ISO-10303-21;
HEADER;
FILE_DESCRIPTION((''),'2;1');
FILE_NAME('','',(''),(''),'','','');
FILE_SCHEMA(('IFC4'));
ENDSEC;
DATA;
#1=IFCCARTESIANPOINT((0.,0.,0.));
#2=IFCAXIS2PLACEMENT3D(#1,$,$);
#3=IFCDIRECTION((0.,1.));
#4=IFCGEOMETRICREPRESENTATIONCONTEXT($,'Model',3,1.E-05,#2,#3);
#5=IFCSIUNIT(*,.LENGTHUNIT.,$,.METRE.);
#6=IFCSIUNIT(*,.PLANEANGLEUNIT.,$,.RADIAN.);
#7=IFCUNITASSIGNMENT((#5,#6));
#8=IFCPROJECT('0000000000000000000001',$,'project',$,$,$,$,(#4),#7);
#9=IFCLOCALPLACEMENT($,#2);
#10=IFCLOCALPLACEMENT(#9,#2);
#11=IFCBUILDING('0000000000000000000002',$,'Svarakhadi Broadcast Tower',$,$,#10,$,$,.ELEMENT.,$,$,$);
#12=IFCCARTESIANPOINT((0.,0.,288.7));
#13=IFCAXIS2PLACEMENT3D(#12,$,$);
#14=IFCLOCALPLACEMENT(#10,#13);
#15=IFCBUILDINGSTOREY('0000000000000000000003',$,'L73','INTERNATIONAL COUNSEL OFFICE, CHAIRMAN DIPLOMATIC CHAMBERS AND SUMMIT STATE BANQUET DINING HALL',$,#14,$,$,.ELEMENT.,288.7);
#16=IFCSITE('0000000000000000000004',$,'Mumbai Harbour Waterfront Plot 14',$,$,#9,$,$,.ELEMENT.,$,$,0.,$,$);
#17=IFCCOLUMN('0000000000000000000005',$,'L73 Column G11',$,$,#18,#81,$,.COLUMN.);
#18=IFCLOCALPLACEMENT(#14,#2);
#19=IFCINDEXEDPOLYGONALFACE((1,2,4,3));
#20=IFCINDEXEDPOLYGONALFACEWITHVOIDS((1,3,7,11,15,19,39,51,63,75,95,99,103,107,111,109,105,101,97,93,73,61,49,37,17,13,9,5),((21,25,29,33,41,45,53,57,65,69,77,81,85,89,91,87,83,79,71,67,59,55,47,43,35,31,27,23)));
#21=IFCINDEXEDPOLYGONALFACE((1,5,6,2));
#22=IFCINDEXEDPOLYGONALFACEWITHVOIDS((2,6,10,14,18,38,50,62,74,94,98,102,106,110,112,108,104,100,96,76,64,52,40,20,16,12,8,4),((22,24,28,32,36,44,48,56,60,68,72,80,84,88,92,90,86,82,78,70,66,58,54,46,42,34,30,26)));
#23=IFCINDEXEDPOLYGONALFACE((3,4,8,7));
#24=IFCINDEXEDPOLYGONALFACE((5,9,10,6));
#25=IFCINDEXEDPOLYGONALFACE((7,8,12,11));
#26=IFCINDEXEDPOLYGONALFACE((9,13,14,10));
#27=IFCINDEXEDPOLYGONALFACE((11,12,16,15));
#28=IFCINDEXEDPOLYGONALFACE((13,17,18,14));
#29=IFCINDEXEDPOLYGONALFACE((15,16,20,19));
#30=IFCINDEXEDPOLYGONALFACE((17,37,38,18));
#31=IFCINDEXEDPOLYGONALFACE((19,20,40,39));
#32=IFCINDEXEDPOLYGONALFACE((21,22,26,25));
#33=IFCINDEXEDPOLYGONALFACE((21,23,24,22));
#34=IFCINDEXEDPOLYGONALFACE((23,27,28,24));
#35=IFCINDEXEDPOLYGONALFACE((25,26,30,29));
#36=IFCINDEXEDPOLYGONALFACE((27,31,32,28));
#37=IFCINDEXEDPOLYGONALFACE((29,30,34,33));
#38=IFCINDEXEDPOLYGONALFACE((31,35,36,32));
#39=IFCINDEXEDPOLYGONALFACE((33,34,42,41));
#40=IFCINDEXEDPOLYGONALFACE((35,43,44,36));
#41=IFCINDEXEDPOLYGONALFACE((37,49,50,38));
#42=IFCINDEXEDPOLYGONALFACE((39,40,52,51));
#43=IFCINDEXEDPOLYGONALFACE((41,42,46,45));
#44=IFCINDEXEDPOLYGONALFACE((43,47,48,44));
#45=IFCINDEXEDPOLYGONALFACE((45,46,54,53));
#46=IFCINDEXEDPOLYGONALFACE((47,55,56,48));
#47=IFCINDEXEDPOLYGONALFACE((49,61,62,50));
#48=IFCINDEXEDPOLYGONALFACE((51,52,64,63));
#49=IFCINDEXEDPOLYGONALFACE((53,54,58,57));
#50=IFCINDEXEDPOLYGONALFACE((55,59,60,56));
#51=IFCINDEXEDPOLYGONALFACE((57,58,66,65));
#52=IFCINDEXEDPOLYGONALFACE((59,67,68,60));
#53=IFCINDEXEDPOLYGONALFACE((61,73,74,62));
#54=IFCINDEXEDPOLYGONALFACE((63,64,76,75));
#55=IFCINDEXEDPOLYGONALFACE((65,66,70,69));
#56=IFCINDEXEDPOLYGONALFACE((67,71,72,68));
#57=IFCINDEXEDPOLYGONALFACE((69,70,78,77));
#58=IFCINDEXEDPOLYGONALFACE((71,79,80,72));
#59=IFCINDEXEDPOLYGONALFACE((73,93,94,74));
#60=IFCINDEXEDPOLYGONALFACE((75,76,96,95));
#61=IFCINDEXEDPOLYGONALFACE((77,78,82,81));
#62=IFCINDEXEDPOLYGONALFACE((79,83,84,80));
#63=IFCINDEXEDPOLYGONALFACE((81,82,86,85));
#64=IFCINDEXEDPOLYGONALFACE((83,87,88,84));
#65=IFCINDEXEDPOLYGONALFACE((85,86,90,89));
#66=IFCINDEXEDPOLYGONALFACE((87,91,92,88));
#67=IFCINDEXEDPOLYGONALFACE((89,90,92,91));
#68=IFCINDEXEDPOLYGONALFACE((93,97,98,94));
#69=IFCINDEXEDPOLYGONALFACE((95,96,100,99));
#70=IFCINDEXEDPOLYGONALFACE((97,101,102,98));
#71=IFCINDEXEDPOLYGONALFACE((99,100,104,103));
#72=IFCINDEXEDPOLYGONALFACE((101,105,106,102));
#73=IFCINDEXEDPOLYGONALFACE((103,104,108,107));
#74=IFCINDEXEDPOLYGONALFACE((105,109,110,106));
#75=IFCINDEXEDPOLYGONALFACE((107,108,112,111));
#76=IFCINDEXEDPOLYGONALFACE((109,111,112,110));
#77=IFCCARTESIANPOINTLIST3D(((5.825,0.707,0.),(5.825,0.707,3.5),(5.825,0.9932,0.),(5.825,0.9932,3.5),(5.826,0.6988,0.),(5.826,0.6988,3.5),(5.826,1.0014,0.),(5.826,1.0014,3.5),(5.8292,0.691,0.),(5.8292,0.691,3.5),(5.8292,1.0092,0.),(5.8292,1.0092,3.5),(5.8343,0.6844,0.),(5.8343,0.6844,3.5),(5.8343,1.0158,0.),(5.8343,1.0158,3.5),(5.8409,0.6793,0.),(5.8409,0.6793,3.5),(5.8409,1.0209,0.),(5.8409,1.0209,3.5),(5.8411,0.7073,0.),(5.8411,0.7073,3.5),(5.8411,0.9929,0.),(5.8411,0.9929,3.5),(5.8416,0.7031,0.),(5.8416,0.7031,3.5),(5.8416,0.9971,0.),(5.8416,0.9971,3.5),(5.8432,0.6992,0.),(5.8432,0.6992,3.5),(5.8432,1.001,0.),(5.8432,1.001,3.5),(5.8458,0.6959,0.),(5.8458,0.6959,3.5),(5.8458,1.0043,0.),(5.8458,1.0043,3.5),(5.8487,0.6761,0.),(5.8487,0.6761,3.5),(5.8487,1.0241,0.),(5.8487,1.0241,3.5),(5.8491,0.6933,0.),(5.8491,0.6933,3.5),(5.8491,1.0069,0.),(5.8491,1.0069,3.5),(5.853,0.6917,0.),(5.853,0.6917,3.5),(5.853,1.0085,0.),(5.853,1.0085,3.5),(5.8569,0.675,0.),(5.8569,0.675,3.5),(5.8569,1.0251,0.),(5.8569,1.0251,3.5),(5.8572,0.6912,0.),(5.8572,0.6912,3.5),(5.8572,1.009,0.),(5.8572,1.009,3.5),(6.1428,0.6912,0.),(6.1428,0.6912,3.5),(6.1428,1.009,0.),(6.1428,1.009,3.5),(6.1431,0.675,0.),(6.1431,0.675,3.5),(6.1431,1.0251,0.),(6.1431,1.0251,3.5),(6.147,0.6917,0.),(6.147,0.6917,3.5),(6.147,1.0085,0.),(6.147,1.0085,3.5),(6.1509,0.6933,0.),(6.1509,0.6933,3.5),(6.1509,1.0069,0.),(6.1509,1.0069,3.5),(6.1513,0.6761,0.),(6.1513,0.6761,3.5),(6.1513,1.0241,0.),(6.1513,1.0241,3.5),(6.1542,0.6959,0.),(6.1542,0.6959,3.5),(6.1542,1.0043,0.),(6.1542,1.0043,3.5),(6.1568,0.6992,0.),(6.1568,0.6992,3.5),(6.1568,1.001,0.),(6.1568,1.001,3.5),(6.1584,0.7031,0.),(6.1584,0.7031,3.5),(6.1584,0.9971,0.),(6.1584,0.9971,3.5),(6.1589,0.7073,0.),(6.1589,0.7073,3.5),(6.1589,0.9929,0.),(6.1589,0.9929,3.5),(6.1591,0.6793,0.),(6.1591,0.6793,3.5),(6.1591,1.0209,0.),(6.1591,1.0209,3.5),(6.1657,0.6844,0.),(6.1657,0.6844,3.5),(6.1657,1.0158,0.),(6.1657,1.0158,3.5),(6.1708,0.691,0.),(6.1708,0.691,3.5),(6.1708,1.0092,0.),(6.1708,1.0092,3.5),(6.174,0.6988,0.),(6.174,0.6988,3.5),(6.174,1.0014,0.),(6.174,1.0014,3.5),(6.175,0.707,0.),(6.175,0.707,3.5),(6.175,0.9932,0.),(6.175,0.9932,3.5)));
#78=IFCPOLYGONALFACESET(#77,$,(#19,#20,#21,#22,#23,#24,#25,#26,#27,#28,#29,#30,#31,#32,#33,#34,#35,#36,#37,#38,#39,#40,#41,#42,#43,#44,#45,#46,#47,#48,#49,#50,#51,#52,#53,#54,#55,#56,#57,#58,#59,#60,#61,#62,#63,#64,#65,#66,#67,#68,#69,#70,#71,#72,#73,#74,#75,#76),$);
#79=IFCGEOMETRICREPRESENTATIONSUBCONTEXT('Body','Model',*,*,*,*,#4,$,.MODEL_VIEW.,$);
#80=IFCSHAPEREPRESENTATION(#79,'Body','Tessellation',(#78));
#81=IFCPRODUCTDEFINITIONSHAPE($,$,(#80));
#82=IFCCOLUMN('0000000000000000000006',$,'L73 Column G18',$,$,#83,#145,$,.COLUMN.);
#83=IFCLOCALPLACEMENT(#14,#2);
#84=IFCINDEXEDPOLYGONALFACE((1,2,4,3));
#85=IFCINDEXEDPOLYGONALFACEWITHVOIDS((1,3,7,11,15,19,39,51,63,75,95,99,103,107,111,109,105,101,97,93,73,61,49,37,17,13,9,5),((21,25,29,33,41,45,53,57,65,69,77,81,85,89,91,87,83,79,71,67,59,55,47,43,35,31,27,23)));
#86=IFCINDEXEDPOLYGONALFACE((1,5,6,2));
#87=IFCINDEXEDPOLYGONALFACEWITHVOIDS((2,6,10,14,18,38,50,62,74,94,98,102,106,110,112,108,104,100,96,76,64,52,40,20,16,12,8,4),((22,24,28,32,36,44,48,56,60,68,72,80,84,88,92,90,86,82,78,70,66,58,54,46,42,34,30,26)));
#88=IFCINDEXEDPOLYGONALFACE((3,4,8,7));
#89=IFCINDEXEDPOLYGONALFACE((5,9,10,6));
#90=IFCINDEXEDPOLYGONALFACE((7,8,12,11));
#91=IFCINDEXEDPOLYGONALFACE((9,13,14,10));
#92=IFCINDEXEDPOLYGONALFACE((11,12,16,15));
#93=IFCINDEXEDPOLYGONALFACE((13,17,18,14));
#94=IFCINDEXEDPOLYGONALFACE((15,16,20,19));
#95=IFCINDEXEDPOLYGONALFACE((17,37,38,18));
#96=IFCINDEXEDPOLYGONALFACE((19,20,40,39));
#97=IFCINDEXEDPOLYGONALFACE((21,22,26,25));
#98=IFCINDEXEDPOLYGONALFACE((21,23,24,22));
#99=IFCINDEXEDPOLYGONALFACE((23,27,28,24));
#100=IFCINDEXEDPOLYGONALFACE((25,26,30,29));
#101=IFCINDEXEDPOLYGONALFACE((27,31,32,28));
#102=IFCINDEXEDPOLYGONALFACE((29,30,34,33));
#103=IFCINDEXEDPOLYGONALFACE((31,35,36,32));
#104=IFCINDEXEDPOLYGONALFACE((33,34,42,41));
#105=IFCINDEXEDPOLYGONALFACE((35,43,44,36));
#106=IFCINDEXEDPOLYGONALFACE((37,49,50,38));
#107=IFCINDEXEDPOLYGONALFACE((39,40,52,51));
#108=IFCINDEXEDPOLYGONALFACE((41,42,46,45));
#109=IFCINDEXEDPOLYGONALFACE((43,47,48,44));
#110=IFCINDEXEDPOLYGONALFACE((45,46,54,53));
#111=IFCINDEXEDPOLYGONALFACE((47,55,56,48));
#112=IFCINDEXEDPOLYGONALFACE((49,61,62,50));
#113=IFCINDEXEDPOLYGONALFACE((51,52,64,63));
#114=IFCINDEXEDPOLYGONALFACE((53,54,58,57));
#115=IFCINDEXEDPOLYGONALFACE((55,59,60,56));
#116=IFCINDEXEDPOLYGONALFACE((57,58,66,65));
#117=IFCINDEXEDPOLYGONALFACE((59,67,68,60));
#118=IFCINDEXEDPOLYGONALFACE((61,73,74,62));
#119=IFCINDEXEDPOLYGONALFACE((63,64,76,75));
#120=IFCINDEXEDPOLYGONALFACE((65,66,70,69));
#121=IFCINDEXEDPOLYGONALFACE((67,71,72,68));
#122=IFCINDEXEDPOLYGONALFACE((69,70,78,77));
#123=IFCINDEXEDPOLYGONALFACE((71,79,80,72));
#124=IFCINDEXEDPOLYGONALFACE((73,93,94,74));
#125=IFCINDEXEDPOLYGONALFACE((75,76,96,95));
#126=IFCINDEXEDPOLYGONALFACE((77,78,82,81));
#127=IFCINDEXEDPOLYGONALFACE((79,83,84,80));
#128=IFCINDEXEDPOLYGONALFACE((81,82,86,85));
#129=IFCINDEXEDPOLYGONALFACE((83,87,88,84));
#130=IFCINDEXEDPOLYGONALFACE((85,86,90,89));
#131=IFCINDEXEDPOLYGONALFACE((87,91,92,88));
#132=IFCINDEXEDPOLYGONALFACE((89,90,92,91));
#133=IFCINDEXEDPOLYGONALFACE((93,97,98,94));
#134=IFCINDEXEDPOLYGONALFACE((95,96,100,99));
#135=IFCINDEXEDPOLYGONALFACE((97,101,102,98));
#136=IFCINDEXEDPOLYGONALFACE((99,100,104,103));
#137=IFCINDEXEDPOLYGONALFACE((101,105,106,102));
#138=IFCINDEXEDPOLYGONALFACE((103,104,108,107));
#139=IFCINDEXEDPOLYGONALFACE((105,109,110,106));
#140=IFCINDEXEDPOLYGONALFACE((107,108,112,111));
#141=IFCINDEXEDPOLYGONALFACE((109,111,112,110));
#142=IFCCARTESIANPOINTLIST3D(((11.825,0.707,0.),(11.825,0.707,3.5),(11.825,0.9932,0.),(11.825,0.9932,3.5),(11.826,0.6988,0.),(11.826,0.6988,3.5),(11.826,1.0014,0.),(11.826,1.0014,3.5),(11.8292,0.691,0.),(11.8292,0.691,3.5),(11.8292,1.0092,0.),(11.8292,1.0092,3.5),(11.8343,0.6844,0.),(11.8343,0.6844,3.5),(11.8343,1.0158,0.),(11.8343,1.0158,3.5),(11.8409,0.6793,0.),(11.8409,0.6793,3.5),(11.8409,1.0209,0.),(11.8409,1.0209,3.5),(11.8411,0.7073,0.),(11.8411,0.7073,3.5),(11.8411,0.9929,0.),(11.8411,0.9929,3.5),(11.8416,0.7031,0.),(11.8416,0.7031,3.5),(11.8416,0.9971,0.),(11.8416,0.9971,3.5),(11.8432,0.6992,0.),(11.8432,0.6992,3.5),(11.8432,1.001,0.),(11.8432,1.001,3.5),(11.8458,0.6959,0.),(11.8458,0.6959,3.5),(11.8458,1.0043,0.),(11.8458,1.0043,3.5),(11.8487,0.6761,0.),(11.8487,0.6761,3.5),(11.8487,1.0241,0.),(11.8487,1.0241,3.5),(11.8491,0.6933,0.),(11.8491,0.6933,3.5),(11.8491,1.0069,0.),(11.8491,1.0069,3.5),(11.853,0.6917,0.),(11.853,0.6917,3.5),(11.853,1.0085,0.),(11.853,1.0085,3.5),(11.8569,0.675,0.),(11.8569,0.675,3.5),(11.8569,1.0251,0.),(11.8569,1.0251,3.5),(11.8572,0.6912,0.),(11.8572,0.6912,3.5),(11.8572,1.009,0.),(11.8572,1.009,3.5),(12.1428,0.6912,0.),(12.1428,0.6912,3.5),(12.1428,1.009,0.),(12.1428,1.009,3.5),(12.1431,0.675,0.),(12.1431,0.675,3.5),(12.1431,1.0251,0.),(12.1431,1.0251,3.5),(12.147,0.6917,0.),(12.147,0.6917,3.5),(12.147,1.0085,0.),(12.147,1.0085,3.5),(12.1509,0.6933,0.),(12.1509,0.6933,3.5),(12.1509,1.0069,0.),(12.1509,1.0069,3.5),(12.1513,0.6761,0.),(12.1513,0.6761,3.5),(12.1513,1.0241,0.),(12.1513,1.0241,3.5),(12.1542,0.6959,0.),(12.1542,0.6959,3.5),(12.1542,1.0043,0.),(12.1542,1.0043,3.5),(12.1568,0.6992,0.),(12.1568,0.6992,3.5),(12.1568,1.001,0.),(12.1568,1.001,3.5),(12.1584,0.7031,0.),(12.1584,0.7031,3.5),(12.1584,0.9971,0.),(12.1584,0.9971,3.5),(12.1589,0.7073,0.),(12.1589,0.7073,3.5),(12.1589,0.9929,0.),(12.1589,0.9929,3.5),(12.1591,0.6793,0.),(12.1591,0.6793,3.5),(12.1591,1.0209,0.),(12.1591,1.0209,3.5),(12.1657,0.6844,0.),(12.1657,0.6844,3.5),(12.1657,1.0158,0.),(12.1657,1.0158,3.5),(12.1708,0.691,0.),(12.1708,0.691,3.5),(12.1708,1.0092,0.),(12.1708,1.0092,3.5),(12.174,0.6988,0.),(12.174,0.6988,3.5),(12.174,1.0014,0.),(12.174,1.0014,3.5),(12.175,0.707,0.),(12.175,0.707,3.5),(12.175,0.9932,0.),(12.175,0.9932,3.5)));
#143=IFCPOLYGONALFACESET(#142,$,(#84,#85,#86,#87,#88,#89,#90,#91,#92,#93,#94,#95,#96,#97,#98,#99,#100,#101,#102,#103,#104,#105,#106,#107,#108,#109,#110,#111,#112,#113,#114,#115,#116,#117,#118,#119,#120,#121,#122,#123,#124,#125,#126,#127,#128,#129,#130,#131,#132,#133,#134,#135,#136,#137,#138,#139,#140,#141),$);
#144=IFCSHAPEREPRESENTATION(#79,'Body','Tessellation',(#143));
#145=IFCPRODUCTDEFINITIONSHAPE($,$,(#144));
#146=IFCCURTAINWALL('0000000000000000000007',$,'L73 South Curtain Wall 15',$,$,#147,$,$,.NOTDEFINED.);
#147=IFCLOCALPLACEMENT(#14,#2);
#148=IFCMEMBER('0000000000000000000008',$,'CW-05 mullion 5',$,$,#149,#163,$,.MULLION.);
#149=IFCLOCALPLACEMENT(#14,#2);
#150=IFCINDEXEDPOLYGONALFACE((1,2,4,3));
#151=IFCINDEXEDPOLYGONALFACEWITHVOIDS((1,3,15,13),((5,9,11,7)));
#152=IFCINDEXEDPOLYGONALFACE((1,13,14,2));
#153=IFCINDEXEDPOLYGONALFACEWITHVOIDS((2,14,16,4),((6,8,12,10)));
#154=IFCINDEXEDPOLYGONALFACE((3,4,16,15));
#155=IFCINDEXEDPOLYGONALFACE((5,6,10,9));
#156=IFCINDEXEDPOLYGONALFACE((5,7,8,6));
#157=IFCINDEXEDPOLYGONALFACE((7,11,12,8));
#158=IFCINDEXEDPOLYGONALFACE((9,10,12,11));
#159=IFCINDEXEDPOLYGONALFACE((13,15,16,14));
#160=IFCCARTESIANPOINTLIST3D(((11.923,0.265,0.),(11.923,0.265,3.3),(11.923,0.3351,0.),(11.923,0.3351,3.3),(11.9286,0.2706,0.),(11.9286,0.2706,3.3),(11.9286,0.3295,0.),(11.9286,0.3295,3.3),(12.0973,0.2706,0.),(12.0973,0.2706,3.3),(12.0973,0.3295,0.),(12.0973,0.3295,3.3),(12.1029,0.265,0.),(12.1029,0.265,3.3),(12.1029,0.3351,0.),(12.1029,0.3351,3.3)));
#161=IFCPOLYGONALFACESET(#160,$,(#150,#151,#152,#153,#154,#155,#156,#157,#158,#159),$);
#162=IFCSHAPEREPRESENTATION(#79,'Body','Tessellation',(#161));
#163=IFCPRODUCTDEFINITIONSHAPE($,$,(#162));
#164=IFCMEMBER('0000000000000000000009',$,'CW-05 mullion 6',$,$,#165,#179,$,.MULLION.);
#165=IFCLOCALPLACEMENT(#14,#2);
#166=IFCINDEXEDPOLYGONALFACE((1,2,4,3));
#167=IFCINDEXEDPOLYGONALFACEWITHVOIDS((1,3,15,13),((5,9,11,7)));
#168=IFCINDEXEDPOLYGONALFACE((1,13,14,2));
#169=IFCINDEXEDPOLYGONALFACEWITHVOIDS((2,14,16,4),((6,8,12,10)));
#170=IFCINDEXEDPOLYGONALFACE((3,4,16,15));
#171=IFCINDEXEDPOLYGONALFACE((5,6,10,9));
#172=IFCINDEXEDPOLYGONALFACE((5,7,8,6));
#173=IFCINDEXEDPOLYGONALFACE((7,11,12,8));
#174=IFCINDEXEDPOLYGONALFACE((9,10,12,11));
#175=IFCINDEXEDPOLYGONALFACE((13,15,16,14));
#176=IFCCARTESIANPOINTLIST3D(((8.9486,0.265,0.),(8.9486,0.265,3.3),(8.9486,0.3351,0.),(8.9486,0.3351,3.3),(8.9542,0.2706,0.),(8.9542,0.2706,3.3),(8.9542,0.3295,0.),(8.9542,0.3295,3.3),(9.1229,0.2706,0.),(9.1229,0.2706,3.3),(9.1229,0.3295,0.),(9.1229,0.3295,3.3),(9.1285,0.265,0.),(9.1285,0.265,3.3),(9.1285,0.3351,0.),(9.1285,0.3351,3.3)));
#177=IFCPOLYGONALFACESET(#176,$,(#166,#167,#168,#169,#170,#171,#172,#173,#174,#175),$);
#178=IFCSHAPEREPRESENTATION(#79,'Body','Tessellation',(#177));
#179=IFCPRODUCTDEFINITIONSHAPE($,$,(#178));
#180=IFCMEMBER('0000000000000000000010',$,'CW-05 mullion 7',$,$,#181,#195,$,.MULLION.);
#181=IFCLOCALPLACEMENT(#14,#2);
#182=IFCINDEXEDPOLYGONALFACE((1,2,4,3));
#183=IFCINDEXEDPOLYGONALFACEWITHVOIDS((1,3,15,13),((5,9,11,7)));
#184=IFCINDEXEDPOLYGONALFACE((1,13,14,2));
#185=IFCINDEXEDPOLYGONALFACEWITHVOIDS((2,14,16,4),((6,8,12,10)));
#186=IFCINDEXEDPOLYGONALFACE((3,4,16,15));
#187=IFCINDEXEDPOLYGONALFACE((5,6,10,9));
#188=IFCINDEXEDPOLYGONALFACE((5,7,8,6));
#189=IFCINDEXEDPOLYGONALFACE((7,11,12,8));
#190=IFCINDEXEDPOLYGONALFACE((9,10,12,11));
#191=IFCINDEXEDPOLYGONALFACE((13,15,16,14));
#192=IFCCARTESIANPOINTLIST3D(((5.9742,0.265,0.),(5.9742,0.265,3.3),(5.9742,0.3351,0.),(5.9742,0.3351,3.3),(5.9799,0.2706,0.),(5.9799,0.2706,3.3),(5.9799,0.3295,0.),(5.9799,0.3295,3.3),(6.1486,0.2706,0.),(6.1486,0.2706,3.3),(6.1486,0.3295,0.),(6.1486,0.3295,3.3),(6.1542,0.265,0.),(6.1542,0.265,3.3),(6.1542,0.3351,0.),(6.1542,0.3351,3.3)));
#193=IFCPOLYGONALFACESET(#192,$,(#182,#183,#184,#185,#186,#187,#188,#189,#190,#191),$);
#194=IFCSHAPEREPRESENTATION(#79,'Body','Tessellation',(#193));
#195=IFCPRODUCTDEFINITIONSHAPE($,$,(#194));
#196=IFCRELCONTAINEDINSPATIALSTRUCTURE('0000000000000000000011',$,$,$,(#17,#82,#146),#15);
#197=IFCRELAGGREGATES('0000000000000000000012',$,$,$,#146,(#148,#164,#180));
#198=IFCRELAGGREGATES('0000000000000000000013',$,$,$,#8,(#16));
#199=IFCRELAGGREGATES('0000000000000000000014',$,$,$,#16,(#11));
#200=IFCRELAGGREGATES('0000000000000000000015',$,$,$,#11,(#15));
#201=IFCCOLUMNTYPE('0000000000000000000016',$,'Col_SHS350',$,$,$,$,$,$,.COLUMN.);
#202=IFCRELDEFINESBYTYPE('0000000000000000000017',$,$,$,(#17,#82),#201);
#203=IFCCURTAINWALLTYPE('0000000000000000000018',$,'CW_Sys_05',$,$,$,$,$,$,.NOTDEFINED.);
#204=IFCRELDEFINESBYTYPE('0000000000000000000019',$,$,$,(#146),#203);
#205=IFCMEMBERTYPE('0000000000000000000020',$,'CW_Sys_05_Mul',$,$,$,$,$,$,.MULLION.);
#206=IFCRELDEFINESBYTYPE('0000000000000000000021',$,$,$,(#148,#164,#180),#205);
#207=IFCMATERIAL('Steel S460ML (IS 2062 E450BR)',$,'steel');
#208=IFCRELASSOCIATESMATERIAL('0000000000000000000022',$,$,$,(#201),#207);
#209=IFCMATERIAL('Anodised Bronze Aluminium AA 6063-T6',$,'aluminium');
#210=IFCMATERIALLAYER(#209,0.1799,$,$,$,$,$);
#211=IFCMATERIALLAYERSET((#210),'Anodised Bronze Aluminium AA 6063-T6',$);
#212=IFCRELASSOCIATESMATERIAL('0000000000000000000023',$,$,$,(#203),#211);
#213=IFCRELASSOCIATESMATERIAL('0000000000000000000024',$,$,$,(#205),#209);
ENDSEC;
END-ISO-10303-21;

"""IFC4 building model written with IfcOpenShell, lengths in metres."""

from ifc_helpers import new_model, si_unit, direction, frame, origin, origin_2d, place, context, subcontext, project, spatial, hollow_rectangle, extrude, material, layer, layer_set, material_profile, profile_set, type_object, element, aggregate, save


model = new_model("IFC4")

# Units and contexts
model_context = context("Model", 3, precision=1e-05, world=origin(), true_north=direction((0.0, 1.0)))
body_context = subcontext(model_context, "Body", "Model", "MODEL_VIEW")
ifc_project = project(units=[si_unit("LENGTHUNIT", "METRE"), si_unit("PLANEANGLEUNIT", "RADIAN")], contexts=[model_context])

# Site, building, storey
site_placement = place(None, origin())
site = spatial("IfcSite", under=ifc_project, at=site_placement, Name="Mumbai Harbour Waterfront Plot 14", CompositionType="ELEMENT", RefElevation=0.0)
building_placement = place(site_placement, origin())
building = spatial("IfcBuilding", under=site, at=building_placement, Name="Svarakhadi Broadcast Tower", CompositionType="ELEMENT")
storey_placement = place(building_placement, frame((0.0, 0.0, 288.7)))
storey = spatial("IfcBuildingStorey", under=building, at=storey_placement, Name="L73", Description="INTERNATIONAL COUNSEL OFFICE, CHAIRMAN DIPLOMATIC CHAMBERS AND SUMMIT STATE BANQUET DINING HALL", CompositionType="ELEMENT", Elevation=288.7)

# Columns
ifc_material_1 = material(Name="Steel S460ML (IS 2062 E450BR)", Category="steel")
ifc_material_profile_1 = material_profile(ifc_material_1, hollow_rectangle(XDim=0.3501, YDim=0.3501, WallThickness=0.0161, InnerFilletRadius=0.0161, OuterFilletRadius=0.032, at=origin_2d()), Name="SHS 350x350x16")
ifc_profile_set_1 = profile_set([ifc_material_profile_1], Name="Steel S460ML (IS 2062 E450BR)")
column_type = type_object("IfcColumnType", Name="Col_SHS350", PredefinedType="COLUMN", material=ifc_profile_set_1)
for number, where, z_axis, x_axis, name in (
    (1, (6.0, 0.8501, 0.0), (0.0, 0.0, 1.0), (1.0, 0.0, 0.0), "L73 Column G11"),
    (2, (12.0, 0.8501, 0.0), (0.0, 0.0, 1.0), (1.0, 0.0, 0.0), "L73 Column G18"),
):
    element("IfcColumn", number, at=place(storey_placement, frame(where, z_axis=z_axis, x_axis=x_axis)), inside=storey, type_object=column_type, Name=name, PredefinedType="COLUMN", context=body_context, shape_type="SweptSolid", body=[
        extrude(hollow_rectangle(XDim=0.3501, YDim=0.3501, WallThickness=0.0161, InnerFilletRadius=0.0161, OuterFilletRadius=0.032, at=origin_2d()), origin(), (0.0, 0.0, 1.0), 3.5),
    ])

# Curtain wall, members
ifc_material_2 = material(Name="Anodised Bronze Aluminium AA 6063-T6", Category="aluminium")
ifc_layer_1 = layer(ifc_material_2, 0.1799)
ifc_layer_set_1 = layer_set([ifc_layer_1], Name="Anodised Bronze Aluminium AA 6063-T6")
curtain_wall_type = type_object("IfcCurtainWallType", Name="CW_Sys_05", PredefinedType="NOTDEFINED", material=ifc_layer_set_1)
curtain_wall_placement = place(storey_placement, origin())
curtain_wall = element("IfcCurtainWall", 3, at=curtain_wall_placement, inside=storey, type_object=curtain_wall_type, Name="L73 South Curtain Wall 15", PredefinedType="NOTDEFINED")
ifc_material_profile_2 = material_profile(ifc_material_2, hollow_rectangle(XDim=0.0701, YDim=0.1799, WallThickness=0.0056, at=origin_2d()), Name="ALU MULLION 180x70x6")
ifc_profile_set_2 = profile_set([ifc_material_profile_2], Name="Anodised Bronze Aluminium AA 6063-T6")
member_type_1 = type_object("IfcMemberType", Name="CW_Sys_05_Mul", PredefinedType="MULLION", material=ifc_profile_set_2)
member_1_placement = place(storey_placement, frame((12.0129, 0.3, 0.0), z_axis=(0.0, 0.0, 1.0), x_axis=(0.0, -1.0, 0.0)))
member_1 = element("IfcMember", 4, at=member_1_placement, type_object=member_type_1, Name="CW-05 mullion 5", PredefinedType="MULLION", context=body_context, shape_type="SweptSolid", body=[
    extrude(hollow_rectangle(XDim=0.0701, YDim=0.1799, WallThickness=0.0056, at=origin_2d()), origin(), (0.0, 0.0, 1.0), 3.3),
])
member_2_placement = place(storey_placement, frame((9.0386, 0.3, 0.0), z_axis=(0.0, 0.0, 1.0), x_axis=(0.0, -1.0, 0.0)))
member_2 = element("IfcMember", 5, at=member_2_placement, type_object=member_type_1, Name="CW-05 mullion 6", PredefinedType="MULLION", context=body_context, shape_type="SweptSolid", body=[
    extrude(hollow_rectangle(XDim=0.0701, YDim=0.1799, WallThickness=0.0056, at=origin_2d()), origin(), (0.0, 0.0, 1.0), 3.3),
])
member_3_placement = place(storey_placement, frame((6.0642, 0.3, 0.0), z_axis=(0.0, 0.0, 1.0), x_axis=(0.0, -1.0, 0.0)))
member_3 = element("IfcMember", 6, at=member_3_placement, type_object=member_type_1, Name="CW-05 mullion 7", PredefinedType="MULLION", context=body_context, shape_type="SweptSolid", body=[
    extrude(hollow_rectangle(XDim=0.0701, YDim=0.1799, WallThickness=0.0056, at=origin_2d()), origin(), (0.0, 0.0, 1.0), 3.3),
])

aggregate(curtain_wall, [member_1, member_2, member_3])

save(model, "model.ifc")
